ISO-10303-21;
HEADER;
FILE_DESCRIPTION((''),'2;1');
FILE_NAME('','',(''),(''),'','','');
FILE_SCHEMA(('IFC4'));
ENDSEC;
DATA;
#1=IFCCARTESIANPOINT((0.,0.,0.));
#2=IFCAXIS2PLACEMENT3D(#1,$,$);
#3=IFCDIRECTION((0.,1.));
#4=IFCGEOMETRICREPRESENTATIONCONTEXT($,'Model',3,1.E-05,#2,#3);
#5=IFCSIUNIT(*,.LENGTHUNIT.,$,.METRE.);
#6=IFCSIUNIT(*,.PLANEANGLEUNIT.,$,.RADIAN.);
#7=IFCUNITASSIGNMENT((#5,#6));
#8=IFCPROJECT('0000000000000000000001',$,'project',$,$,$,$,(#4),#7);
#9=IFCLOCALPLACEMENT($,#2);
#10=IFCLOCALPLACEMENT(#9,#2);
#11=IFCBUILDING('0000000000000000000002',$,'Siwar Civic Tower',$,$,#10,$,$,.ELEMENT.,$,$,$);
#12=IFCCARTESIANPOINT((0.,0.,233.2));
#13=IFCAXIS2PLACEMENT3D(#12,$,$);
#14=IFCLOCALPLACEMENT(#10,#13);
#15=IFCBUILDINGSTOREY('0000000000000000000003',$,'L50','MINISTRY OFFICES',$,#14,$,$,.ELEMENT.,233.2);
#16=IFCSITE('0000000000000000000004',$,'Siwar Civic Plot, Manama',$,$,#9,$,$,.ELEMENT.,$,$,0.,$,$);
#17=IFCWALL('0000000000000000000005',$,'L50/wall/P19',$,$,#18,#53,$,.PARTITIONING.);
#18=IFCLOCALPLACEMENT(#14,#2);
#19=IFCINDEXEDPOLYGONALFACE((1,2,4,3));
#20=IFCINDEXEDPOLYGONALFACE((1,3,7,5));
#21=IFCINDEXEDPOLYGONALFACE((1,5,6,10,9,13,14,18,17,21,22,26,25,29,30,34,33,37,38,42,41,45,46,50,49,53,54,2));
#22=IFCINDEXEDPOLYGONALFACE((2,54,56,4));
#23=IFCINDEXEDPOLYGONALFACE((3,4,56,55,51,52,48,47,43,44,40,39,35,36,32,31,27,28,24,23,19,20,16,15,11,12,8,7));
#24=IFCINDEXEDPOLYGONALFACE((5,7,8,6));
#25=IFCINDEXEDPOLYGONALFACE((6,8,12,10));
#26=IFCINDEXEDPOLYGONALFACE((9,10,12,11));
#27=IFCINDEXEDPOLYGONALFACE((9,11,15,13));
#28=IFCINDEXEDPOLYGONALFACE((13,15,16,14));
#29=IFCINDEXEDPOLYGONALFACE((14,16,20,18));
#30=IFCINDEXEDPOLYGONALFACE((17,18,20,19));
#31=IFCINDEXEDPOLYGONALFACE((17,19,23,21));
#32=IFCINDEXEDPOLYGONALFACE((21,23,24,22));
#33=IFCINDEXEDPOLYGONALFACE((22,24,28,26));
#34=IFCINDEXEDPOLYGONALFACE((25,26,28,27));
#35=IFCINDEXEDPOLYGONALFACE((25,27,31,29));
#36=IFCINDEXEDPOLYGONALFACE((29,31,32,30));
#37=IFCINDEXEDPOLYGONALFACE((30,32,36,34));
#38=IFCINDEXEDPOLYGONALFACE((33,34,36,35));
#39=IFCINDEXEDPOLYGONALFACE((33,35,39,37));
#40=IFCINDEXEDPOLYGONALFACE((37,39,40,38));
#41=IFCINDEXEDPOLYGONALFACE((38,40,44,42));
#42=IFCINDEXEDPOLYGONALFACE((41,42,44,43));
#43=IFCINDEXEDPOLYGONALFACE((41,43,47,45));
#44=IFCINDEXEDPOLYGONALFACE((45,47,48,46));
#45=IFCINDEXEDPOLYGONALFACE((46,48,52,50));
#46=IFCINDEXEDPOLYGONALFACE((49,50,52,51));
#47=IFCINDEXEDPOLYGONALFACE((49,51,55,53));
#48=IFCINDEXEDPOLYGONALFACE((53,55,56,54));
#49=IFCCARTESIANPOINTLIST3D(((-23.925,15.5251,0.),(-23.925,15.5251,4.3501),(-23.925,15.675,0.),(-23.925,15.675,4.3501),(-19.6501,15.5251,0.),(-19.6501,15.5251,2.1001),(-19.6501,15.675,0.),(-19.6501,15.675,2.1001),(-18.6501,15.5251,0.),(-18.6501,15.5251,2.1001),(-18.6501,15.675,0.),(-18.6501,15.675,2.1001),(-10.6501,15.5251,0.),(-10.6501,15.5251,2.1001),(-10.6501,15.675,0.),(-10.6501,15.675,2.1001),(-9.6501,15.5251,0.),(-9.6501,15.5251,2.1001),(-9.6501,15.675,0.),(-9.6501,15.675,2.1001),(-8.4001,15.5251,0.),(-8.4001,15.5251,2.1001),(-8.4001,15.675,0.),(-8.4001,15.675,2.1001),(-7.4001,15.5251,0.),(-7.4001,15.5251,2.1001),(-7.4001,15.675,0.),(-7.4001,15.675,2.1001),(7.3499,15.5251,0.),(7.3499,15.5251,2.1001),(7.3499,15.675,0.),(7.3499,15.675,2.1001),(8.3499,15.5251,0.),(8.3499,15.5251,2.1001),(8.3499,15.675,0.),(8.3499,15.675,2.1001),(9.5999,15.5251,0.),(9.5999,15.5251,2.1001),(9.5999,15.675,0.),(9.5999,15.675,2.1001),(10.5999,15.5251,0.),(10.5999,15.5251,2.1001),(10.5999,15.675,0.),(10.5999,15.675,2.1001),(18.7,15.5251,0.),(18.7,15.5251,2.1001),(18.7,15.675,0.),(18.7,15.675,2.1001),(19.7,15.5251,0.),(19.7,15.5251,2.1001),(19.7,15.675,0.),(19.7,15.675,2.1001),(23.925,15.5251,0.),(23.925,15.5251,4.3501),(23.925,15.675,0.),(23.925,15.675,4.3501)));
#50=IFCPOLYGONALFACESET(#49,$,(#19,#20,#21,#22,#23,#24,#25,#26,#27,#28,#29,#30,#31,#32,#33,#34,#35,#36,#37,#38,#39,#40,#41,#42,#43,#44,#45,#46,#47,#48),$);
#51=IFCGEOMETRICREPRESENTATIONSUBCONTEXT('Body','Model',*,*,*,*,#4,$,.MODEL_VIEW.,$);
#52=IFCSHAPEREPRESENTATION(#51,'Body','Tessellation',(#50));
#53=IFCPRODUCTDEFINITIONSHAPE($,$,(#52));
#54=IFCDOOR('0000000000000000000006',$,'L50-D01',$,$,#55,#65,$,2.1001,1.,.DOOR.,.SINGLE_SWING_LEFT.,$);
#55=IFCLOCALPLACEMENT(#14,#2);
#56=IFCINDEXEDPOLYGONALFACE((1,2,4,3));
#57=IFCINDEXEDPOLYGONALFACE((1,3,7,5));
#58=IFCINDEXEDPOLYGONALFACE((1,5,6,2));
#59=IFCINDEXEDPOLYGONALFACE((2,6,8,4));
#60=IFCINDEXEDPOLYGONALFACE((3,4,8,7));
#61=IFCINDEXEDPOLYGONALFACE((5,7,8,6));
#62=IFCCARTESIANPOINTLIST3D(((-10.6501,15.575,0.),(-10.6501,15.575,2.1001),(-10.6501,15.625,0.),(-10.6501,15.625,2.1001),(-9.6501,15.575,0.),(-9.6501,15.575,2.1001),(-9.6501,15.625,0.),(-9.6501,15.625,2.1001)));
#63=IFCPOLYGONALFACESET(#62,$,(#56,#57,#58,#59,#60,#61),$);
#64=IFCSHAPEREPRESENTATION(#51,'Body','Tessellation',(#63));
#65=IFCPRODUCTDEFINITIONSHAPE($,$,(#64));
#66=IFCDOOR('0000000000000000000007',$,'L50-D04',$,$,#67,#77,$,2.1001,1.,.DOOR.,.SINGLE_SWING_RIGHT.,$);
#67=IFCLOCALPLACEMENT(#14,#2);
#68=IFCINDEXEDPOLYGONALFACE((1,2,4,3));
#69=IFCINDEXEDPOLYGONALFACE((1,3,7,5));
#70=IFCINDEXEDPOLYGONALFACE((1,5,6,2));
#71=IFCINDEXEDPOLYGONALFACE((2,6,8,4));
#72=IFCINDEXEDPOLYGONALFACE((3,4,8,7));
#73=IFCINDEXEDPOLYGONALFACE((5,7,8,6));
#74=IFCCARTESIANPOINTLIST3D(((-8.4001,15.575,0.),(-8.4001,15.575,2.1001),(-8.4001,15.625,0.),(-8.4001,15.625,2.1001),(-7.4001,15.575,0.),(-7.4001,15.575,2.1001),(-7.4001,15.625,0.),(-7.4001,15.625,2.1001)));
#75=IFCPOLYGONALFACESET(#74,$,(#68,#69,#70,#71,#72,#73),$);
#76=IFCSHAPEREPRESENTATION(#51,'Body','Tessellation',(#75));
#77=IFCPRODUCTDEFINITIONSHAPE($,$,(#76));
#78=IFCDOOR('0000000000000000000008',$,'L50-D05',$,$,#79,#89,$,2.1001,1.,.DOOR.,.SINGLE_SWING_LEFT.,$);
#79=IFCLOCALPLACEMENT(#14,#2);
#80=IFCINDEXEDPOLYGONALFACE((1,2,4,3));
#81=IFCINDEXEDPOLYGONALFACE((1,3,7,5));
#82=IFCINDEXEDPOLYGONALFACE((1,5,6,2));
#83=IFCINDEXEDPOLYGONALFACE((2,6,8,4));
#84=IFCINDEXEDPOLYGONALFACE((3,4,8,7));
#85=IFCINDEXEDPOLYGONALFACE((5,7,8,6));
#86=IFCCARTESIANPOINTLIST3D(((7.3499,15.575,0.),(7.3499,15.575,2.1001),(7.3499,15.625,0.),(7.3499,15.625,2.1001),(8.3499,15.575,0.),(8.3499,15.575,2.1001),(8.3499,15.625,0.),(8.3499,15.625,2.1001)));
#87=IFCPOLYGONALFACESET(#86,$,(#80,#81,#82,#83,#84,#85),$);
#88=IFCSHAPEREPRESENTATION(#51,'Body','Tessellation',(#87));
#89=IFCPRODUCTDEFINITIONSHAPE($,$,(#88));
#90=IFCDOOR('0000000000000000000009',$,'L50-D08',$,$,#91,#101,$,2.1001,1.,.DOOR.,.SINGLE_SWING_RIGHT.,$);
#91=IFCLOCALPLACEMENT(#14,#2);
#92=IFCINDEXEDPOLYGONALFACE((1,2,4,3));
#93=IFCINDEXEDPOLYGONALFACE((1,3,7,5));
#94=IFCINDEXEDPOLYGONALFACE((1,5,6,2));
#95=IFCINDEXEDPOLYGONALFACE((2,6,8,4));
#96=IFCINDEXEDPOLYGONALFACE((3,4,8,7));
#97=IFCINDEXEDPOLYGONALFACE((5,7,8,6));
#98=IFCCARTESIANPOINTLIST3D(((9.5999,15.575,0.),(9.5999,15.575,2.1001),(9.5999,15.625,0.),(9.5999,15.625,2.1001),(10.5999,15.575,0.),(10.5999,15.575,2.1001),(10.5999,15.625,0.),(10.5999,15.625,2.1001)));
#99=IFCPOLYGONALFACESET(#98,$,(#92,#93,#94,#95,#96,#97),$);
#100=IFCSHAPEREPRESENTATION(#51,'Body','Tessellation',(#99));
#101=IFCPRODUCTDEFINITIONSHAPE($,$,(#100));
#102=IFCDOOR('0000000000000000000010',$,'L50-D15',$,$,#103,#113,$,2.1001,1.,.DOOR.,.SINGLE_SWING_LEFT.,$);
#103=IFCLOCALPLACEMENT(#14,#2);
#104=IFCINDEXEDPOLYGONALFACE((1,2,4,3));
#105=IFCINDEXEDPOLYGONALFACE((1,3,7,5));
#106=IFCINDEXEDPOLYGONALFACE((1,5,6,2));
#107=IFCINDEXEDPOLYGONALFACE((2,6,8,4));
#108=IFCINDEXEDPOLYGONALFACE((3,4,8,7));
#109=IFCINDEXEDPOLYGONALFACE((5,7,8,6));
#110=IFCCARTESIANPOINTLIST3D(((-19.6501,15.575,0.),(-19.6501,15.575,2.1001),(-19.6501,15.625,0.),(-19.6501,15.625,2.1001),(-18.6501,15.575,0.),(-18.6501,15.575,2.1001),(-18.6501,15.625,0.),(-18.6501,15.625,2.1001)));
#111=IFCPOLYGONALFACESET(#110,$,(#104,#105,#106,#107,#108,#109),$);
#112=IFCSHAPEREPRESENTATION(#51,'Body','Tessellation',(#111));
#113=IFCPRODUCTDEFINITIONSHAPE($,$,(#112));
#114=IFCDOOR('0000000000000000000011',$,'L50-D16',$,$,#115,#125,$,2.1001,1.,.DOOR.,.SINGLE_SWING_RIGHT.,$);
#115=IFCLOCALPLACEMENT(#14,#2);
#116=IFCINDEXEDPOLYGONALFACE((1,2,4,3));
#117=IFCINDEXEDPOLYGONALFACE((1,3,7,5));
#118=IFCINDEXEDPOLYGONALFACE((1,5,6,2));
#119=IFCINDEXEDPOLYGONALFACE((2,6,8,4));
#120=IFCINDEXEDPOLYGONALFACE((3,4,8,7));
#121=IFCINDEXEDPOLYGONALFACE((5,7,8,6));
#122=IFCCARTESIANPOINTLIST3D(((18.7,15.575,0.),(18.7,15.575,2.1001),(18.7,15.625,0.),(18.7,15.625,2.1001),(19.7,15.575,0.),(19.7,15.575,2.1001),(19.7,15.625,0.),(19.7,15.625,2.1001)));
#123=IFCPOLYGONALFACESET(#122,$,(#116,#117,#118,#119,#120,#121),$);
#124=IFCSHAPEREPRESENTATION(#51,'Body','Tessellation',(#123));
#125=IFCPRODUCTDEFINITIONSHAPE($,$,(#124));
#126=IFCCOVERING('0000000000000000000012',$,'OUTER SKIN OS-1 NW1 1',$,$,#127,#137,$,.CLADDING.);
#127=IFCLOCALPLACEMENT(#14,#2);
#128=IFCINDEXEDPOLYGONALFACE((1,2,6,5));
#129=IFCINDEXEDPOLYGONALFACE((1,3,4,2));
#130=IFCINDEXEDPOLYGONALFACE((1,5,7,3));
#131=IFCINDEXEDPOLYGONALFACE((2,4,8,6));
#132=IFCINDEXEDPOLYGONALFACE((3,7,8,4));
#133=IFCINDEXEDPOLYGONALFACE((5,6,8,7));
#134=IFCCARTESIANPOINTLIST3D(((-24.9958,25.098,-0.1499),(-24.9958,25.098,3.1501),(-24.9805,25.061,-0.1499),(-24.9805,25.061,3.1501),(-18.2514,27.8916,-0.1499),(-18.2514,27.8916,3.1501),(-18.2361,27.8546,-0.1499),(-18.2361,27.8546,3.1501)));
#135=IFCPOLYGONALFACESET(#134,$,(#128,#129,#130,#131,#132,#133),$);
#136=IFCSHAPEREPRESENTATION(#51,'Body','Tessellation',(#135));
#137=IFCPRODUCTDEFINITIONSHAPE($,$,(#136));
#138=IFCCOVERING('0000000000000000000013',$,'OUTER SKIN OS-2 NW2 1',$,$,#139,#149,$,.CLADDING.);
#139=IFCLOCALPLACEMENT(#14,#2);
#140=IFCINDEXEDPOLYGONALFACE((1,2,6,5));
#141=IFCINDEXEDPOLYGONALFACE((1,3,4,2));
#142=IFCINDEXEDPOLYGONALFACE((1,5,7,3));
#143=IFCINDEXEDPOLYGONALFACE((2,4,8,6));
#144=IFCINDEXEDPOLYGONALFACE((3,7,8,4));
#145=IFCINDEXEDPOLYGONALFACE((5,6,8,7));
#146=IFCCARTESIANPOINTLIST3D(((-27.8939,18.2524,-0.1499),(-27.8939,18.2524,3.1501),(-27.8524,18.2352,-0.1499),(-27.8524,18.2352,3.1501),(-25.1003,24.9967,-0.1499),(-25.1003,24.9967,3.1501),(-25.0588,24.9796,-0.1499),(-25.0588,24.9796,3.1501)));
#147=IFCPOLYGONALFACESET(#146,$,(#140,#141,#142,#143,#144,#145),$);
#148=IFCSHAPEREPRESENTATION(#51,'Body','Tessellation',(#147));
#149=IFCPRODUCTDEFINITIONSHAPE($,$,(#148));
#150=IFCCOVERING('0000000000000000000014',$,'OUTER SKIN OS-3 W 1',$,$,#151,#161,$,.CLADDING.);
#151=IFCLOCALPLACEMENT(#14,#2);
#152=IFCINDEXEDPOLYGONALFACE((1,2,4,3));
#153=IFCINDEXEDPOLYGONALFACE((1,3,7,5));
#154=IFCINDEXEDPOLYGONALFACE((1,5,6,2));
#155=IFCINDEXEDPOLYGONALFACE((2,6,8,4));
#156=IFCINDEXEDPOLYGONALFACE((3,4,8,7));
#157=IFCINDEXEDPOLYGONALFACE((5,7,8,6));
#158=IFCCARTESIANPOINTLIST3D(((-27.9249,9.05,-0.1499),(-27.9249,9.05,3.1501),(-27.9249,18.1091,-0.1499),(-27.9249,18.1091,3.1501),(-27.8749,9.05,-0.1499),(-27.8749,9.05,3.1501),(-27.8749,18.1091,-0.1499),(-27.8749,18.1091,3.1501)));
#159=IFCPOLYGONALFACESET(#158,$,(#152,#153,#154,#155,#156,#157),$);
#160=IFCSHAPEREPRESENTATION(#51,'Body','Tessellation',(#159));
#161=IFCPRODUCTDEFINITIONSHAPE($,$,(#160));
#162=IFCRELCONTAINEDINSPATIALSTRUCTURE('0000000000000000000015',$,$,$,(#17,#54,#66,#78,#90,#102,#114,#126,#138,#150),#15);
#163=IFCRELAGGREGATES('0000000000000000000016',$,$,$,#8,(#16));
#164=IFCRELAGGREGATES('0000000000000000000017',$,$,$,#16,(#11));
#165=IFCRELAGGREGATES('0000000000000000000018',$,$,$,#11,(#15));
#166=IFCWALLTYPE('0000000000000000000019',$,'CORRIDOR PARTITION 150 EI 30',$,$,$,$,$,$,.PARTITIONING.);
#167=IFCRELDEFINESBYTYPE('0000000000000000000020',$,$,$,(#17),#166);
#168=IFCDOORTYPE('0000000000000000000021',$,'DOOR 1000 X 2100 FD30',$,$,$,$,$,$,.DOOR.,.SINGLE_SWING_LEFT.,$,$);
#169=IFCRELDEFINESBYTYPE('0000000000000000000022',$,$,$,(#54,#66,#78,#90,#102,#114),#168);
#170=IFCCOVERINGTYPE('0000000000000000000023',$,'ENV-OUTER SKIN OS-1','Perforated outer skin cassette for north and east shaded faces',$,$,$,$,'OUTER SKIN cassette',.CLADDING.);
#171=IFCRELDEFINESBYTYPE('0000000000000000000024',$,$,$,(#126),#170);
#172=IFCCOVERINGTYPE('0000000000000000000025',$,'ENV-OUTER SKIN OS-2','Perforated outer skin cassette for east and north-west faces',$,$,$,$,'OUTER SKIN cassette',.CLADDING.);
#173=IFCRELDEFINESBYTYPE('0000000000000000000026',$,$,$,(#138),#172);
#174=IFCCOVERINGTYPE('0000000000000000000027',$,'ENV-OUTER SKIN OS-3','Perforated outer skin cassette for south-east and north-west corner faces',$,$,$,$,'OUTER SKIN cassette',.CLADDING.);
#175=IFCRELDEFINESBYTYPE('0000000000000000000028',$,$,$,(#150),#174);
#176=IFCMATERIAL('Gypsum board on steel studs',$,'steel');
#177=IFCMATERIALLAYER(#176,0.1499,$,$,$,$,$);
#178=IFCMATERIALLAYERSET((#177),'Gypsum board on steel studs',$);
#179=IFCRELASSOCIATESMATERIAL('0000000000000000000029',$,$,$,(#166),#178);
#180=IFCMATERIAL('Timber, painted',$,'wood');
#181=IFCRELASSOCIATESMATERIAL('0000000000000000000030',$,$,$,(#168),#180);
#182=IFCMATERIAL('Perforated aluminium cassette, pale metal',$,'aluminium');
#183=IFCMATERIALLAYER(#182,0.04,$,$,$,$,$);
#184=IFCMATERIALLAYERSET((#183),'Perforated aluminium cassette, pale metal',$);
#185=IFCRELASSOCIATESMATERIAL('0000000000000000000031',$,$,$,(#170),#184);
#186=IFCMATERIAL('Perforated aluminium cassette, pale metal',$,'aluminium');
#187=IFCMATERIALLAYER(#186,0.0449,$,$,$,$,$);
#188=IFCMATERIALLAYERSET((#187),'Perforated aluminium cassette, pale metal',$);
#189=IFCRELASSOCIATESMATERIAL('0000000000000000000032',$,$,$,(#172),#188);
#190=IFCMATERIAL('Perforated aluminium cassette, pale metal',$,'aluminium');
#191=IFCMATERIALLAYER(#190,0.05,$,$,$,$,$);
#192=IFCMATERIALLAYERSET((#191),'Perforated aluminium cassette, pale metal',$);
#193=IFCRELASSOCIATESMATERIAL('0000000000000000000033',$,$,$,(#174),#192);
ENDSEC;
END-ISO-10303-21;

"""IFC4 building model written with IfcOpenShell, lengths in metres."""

from ifc_helpers import new_model, si_unit, direction, frame, frame_2d, origin, origin_2d, place, context, subcontext, project, spatial, rectangle, extrude, material, layer, layer_set, type_object, element, fill, save


model = new_model("IFC4")

# Units and contexts
model_context = context("Model", 3, precision=1e-05, world=origin(), true_north=direction((0.0, 1.0)))
body_context = subcontext(model_context, "Body", "Model", "MODEL_VIEW")
ifc_project = project(units=[si_unit("LENGTHUNIT", "METRE"), si_unit("PLANEANGLEUNIT", "RADIAN")], contexts=[model_context])

# Site, building, storey
site_placement = place(None, origin())
site = spatial("IfcSite", under=ifc_project, at=site_placement, Name="Siwar Civic Plot, Manama", CompositionType="ELEMENT", RefElevation=0.0)
building_placement = place(site_placement, origin())
building = spatial("IfcBuilding", under=site, at=building_placement, Name="Siwar Civic Tower", CompositionType="ELEMENT")
storey_placement = place(building_placement, frame((0.0, 0.0, 233.2)))
storey = spatial("IfcBuildingStorey", under=building, at=storey_placement, Name="L50", Description="MINISTRY OFFICES", CompositionType="ELEMENT", Elevation=233.2)

# Wall, openings, doors
ifc_material_1 = material(Name="Gypsum board on steel studs", Category="steel")
ifc_layer_1 = layer(ifc_material_1, 0.1499)
ifc_layer_set_1 = layer_set([ifc_layer_1], Name="Gypsum board on steel studs")
wall_type = type_object("IfcWallType", Name="CORRIDOR PARTITION 150 EI 30", PredefinedType="PARTITIONING", material=ifc_layer_set_1)
wall_placement = place(storey_placement, frame((-23.925, 15.6001, 0.0), z_axis=(0.0, 0.0, 1.0), x_axis=(1.0, 0.0, 0.0)))
wall = element("IfcWall", 1, at=wall_placement, inside=storey, type_object=wall_type, Name="L50/wall/P19", PredefinedType="PARTITIONING", context=body_context, shape_type="SweptSolid", body=[
    extrude(rectangle(XDim=47.8501, YDim=0.1499, at=frame_2d((23.925, 0.0))), origin(), (0.0, 0.0, 1.0), 4.3501),
])
opening_1_placement = place(wall_placement, frame((13.2749, 0.0, 0.0)))
opening_1 = element("IfcOpeningElement", 2, at=opening_1_placement, cuts=wall, PredefinedType="OPENING", context=body_context, shape_type="SweptSolid", body=[
    extrude(rectangle(XDim=1.0, YDim=2.1001, at=frame_2d((0.5, 1.05))), frame((0.0, 0.085, 0.0), z_axis=(0.0, -1.0, 0.0), x_axis=(1.0, 0.0, 0.0)), (0.0, 0.0, 1.0), 0.1699),
])
opening_2_placement = place(wall_placement, frame((15.5249, 0.0, 0.0)))
opening_2 = element("IfcOpeningElement", 3, at=opening_2_placement, cuts=wall, PredefinedType="OPENING", context=body_context, shape_type="SweptSolid", body=[
    extrude(rectangle(XDim=1.0, YDim=2.1001, at=frame_2d((0.5, 1.05))), frame((0.0, 0.085, 0.0), z_axis=(0.0, -1.0, 0.0), x_axis=(1.0, 0.0, 0.0)), (0.0, 0.0, 1.0), 0.1699),
])
opening_3_placement = place(wall_placement, frame((31.2749, 0.0, 0.0)))
opening_3 = element("IfcOpeningElement", 4, at=opening_3_placement, cuts=wall, PredefinedType="OPENING", context=body_context, shape_type="SweptSolid", body=[
    extrude(rectangle(XDim=1.0, YDim=2.1001, at=frame_2d((0.5, 1.05))), frame((0.0, 0.085, 0.0), z_axis=(0.0, -1.0, 0.0), x_axis=(1.0, 0.0, 0.0)), (0.0, 0.0, 1.0), 0.1699),
])
opening_4_placement = place(wall_placement, frame((33.5249, 0.0, 0.0)))
opening_4 = element("IfcOpeningElement", 5, at=opening_4_placement, cuts=wall, PredefinedType="OPENING", context=body_context, shape_type="SweptSolid", body=[
    extrude(rectangle(XDim=1.0, YDim=2.1001, at=frame_2d((0.5, 1.05))), frame((0.0, 0.085, 0.0), z_axis=(0.0, -1.0, 0.0), x_axis=(1.0, 0.0, 0.0)), (0.0, 0.0, 1.0), 0.1699),
])
opening_5_placement = place(wall_placement, frame((4.2749, 0.0, 0.0)))
opening_5 = element("IfcOpeningElement", 6, at=opening_5_placement, cuts=wall, PredefinedType="OPENING", context=body_context, shape_type="SweptSolid", body=[
    extrude(rectangle(XDim=1.0, YDim=2.1001, at=frame_2d((0.5, 1.05))), frame((0.0, 0.085, 0.0), z_axis=(0.0, -1.0, 0.0), x_axis=(1.0, 0.0, 0.0)), (0.0, 0.0, 1.0), 0.1699),
])
opening_6_placement = place(wall_placement, frame((42.625, 0.0, 0.0)))
opening_6 = element("IfcOpeningElement", 7, at=opening_6_placement, cuts=wall, PredefinedType="OPENING", context=body_context, shape_type="SweptSolid", body=[
    extrude(rectangle(XDim=1.0, YDim=2.1001, at=frame_2d((0.5, 1.05))), frame((0.0, 0.085, 0.0), z_axis=(0.0, -1.0, 0.0), x_axis=(1.0, 0.0, 0.0)), (0.0, 0.0, 1.0), 0.1699),
])
ifc_material_2 = material(Name="Timber, painted", Category="wood")
door_type = type_object("IfcDoorType", Name="DOOR 1000 X 2100 FD30", OperationType="SINGLE_SWING_LEFT", PredefinedType="DOOR", material=ifc_material_2)
door_1_placement = place(opening_1_placement, origin())
door_1 = element("IfcDoor", 8, at=door_1_placement, inside=storey, type_object=door_type, Name="L50-D01", OperationType="SINGLE_SWING_LEFT", OverallHeight=2.1001, OverallWidth=1.0, PredefinedType="DOOR", context=body_context, shape_type="SweptSolid", body=[
    extrude(rectangle(XDim=1.0, YDim=2.1001, at=frame_2d((0.5, 1.05))), frame((0.0, 0.0249, 0.0), z_axis=(0.0, -1.0, 0.0), x_axis=(1.0, 0.0, 0.0)), (0.0, 0.0, 1.0), 0.05),
])
fill(opening_1, door_1)
door_2_placement = place(opening_2_placement, origin())
door_2 = element("IfcDoor", 9, at=door_2_placement, inside=storey, type_object=door_type, Name="L50-D04", OperationType="SINGLE_SWING_RIGHT", OverallHeight=2.1001, OverallWidth=1.0, PredefinedType="DOOR", context=body_context, shape_type="SweptSolid", body=[
    extrude(rectangle(XDim=1.0, YDim=2.1001, at=frame_2d((0.5, 1.05))), frame((0.0, 0.0249, 0.0), z_axis=(0.0, -1.0, 0.0), x_axis=(1.0, 0.0, 0.0)), (0.0, 0.0, 1.0), 0.05),
])
fill(opening_2, door_2)
door_3_placement = place(opening_3_placement, origin())
door_3 = element("IfcDoor", 10, at=door_3_placement, inside=storey, type_object=door_type, Name="L50-D05", OperationType="SINGLE_SWING_LEFT", OverallHeight=2.1001, OverallWidth=1.0, PredefinedType="DOOR", context=body_context, shape_type="SweptSolid", body=[
    extrude(rectangle(XDim=1.0, YDim=2.1001, at=frame_2d((0.5, 1.05))), frame((0.0, 0.0249, 0.0), z_axis=(0.0, -1.0, 0.0), x_axis=(1.0, 0.0, 0.0)), (0.0, 0.0, 1.0), 0.05),
])
fill(opening_3, door_3)
door_4_placement = place(opening_4_placement, origin())
door_4 = element("IfcDoor", 11, at=door_4_placement, inside=storey, type_object=door_type, Name="L50-D08", OperationType="SINGLE_SWING_RIGHT", OverallHeight=2.1001, OverallWidth=1.0, PredefinedType="DOOR", context=body_context, shape_type="SweptSolid", body=[
    extrude(rectangle(XDim=1.0, YDim=2.1001, at=frame_2d((0.5, 1.05))), frame((0.0, 0.0249, 0.0), z_axis=(0.0, -1.0, 0.0), x_axis=(1.0, 0.0, 0.0)), (0.0, 0.0, 1.0), 0.05),
])
fill(opening_4, door_4)
door_5_placement = place(opening_5_placement, origin())
door_5 = element("IfcDoor", 12, at=door_5_placement, inside=storey, type_object=door_type, Name="L50-D15", OperationType="SINGLE_SWING_LEFT", OverallHeight=2.1001, OverallWidth=1.0, PredefinedType="DOOR", context=body_context, shape_type="SweptSolid", body=[
    extrude(rectangle(XDim=1.0, YDim=2.1001, at=frame_2d((0.5, 1.05))), frame((0.0, 0.0249, 0.0), z_axis=(0.0, -1.0, 0.0), x_axis=(1.0, 0.0, 0.0)), (0.0, 0.0, 1.0), 0.05),
])
fill(opening_5, door_5)
door_6_placement = place(opening_6_placement, origin())
door_6 = element("IfcDoor", 13, at=door_6_placement, inside=storey, type_object=door_type, Name="L50-D16", OperationType="SINGLE_SWING_RIGHT", OverallHeight=2.1001, OverallWidth=1.0, PredefinedType="DOOR", context=body_context, shape_type="SweptSolid", body=[
    extrude(rectangle(XDim=1.0, YDim=2.1001, at=frame_2d((0.5, 1.05))), frame((0.0, 0.0249, 0.0), z_axis=(0.0, -1.0, 0.0), x_axis=(1.0, 0.0, 0.0)), (0.0, 0.0, 1.0), 0.05),
])
fill(opening_6, door_6)

# Coverings
ifc_material_3 = material(Name="Perforated aluminium cassette, pale metal", Category="aluminium")
ifc_layer_2 = layer(ifc_material_3, 0.04)
ifc_layer_set_2 = layer_set([ifc_layer_2], Name="Perforated aluminium cassette, pale metal")
covering_type_1 = type_object("IfcCoveringType", Name="ENV-OUTER SKIN OS-1", Description="Perforated outer skin cassette for north and east shaded faces", ElementType="OUTER SKIN cassette", PredefinedType="CLADDING", material=ifc_layer_set_2)
covering_1_placement = place(storey_placement, frame((-21.616, 26.4763, -0.1499), z_axis=(0.0, 0.0, 1.0), x_axis=(-0.92388, -0.382683, 0.0)))
element("IfcCovering", 14, at=covering_1_placement, inside=storey, type_object=covering_type_1, Name="OUTER SKIN OS-1 NW1 1", PredefinedType="CLADDING", context=body_context, shape_type="SweptSolid", body=[
    extrude(rectangle(XDim=7.3, YDim=0.04, at=origin_2d()), origin(), (0.0, 0.0, 1.0), 3.3),
])
ifc_material_4 = material(Name="Perforated aluminium cassette, pale metal", Category="aluminium")
ifc_layer_3 = layer(ifc_material_4, 0.0449)
ifc_layer_set_3 = layer_set([ifc_layer_3], Name="Perforated aluminium cassette, pale metal")
covering_type_2 = type_object("IfcCoveringType", Name="ENV-OUTER SKIN OS-2", Description="Perforated outer skin cassette for east and north-west faces", ElementType="OUTER SKIN cassette", PredefinedType="CLADDING", material=ifc_layer_set_3)
covering_2_placement = place(storey_placement, frame((-26.4763, 21.616, -0.1499), z_axis=(0.0, 0.0, 1.0), x_axis=(-0.382683, -0.92388, 0.0)))
element("IfcCovering", 15, at=covering_2_placement, inside=storey, type_object=covering_type_2, Name="OUTER SKIN OS-2 NW2 1", PredefinedType="CLADDING", context=body_context, shape_type="SweptSolid", body=[
    extrude(rectangle(XDim=7.3, YDim=0.0449, at=origin_2d()), origin(), (0.0, 0.0, 1.0), 3.3),
])
ifc_material_5 = material(Name="Perforated aluminium cassette, pale metal", Category="aluminium")
ifc_layer_4 = layer(ifc_material_5, 0.05)
ifc_layer_set_4 = layer_set([ifc_layer_4], Name="Perforated aluminium cassette, pale metal")
covering_type_3 = type_object("IfcCoveringType", Name="ENV-OUTER SKIN OS-3", Description="Perforated outer skin cassette for south-east and north-west corner faces", ElementType="OUTER SKIN cassette", PredefinedType="CLADDING", material=ifc_layer_set_4)
covering_3_placement = place(storey_placement, frame((-27.8999, 13.5796, -0.1499), z_axis=(0.0, 0.0, 1.0), x_axis=(0.0, -1.0, 0.0)))
element("IfcCovering", 16, at=covering_3_placement, inside=storey, type_object=covering_type_3, Name="OUTER SKIN OS-3 W 1", PredefinedType="CLADDING", context=body_context, shape_type="SweptSolid", body=[
    extrude(rectangle(XDim=9.0591, YDim=0.05, at=origin_2d()), origin(), (0.0, 0.0, 1.0), 3.3),
])

save(model, "model.ifc")
